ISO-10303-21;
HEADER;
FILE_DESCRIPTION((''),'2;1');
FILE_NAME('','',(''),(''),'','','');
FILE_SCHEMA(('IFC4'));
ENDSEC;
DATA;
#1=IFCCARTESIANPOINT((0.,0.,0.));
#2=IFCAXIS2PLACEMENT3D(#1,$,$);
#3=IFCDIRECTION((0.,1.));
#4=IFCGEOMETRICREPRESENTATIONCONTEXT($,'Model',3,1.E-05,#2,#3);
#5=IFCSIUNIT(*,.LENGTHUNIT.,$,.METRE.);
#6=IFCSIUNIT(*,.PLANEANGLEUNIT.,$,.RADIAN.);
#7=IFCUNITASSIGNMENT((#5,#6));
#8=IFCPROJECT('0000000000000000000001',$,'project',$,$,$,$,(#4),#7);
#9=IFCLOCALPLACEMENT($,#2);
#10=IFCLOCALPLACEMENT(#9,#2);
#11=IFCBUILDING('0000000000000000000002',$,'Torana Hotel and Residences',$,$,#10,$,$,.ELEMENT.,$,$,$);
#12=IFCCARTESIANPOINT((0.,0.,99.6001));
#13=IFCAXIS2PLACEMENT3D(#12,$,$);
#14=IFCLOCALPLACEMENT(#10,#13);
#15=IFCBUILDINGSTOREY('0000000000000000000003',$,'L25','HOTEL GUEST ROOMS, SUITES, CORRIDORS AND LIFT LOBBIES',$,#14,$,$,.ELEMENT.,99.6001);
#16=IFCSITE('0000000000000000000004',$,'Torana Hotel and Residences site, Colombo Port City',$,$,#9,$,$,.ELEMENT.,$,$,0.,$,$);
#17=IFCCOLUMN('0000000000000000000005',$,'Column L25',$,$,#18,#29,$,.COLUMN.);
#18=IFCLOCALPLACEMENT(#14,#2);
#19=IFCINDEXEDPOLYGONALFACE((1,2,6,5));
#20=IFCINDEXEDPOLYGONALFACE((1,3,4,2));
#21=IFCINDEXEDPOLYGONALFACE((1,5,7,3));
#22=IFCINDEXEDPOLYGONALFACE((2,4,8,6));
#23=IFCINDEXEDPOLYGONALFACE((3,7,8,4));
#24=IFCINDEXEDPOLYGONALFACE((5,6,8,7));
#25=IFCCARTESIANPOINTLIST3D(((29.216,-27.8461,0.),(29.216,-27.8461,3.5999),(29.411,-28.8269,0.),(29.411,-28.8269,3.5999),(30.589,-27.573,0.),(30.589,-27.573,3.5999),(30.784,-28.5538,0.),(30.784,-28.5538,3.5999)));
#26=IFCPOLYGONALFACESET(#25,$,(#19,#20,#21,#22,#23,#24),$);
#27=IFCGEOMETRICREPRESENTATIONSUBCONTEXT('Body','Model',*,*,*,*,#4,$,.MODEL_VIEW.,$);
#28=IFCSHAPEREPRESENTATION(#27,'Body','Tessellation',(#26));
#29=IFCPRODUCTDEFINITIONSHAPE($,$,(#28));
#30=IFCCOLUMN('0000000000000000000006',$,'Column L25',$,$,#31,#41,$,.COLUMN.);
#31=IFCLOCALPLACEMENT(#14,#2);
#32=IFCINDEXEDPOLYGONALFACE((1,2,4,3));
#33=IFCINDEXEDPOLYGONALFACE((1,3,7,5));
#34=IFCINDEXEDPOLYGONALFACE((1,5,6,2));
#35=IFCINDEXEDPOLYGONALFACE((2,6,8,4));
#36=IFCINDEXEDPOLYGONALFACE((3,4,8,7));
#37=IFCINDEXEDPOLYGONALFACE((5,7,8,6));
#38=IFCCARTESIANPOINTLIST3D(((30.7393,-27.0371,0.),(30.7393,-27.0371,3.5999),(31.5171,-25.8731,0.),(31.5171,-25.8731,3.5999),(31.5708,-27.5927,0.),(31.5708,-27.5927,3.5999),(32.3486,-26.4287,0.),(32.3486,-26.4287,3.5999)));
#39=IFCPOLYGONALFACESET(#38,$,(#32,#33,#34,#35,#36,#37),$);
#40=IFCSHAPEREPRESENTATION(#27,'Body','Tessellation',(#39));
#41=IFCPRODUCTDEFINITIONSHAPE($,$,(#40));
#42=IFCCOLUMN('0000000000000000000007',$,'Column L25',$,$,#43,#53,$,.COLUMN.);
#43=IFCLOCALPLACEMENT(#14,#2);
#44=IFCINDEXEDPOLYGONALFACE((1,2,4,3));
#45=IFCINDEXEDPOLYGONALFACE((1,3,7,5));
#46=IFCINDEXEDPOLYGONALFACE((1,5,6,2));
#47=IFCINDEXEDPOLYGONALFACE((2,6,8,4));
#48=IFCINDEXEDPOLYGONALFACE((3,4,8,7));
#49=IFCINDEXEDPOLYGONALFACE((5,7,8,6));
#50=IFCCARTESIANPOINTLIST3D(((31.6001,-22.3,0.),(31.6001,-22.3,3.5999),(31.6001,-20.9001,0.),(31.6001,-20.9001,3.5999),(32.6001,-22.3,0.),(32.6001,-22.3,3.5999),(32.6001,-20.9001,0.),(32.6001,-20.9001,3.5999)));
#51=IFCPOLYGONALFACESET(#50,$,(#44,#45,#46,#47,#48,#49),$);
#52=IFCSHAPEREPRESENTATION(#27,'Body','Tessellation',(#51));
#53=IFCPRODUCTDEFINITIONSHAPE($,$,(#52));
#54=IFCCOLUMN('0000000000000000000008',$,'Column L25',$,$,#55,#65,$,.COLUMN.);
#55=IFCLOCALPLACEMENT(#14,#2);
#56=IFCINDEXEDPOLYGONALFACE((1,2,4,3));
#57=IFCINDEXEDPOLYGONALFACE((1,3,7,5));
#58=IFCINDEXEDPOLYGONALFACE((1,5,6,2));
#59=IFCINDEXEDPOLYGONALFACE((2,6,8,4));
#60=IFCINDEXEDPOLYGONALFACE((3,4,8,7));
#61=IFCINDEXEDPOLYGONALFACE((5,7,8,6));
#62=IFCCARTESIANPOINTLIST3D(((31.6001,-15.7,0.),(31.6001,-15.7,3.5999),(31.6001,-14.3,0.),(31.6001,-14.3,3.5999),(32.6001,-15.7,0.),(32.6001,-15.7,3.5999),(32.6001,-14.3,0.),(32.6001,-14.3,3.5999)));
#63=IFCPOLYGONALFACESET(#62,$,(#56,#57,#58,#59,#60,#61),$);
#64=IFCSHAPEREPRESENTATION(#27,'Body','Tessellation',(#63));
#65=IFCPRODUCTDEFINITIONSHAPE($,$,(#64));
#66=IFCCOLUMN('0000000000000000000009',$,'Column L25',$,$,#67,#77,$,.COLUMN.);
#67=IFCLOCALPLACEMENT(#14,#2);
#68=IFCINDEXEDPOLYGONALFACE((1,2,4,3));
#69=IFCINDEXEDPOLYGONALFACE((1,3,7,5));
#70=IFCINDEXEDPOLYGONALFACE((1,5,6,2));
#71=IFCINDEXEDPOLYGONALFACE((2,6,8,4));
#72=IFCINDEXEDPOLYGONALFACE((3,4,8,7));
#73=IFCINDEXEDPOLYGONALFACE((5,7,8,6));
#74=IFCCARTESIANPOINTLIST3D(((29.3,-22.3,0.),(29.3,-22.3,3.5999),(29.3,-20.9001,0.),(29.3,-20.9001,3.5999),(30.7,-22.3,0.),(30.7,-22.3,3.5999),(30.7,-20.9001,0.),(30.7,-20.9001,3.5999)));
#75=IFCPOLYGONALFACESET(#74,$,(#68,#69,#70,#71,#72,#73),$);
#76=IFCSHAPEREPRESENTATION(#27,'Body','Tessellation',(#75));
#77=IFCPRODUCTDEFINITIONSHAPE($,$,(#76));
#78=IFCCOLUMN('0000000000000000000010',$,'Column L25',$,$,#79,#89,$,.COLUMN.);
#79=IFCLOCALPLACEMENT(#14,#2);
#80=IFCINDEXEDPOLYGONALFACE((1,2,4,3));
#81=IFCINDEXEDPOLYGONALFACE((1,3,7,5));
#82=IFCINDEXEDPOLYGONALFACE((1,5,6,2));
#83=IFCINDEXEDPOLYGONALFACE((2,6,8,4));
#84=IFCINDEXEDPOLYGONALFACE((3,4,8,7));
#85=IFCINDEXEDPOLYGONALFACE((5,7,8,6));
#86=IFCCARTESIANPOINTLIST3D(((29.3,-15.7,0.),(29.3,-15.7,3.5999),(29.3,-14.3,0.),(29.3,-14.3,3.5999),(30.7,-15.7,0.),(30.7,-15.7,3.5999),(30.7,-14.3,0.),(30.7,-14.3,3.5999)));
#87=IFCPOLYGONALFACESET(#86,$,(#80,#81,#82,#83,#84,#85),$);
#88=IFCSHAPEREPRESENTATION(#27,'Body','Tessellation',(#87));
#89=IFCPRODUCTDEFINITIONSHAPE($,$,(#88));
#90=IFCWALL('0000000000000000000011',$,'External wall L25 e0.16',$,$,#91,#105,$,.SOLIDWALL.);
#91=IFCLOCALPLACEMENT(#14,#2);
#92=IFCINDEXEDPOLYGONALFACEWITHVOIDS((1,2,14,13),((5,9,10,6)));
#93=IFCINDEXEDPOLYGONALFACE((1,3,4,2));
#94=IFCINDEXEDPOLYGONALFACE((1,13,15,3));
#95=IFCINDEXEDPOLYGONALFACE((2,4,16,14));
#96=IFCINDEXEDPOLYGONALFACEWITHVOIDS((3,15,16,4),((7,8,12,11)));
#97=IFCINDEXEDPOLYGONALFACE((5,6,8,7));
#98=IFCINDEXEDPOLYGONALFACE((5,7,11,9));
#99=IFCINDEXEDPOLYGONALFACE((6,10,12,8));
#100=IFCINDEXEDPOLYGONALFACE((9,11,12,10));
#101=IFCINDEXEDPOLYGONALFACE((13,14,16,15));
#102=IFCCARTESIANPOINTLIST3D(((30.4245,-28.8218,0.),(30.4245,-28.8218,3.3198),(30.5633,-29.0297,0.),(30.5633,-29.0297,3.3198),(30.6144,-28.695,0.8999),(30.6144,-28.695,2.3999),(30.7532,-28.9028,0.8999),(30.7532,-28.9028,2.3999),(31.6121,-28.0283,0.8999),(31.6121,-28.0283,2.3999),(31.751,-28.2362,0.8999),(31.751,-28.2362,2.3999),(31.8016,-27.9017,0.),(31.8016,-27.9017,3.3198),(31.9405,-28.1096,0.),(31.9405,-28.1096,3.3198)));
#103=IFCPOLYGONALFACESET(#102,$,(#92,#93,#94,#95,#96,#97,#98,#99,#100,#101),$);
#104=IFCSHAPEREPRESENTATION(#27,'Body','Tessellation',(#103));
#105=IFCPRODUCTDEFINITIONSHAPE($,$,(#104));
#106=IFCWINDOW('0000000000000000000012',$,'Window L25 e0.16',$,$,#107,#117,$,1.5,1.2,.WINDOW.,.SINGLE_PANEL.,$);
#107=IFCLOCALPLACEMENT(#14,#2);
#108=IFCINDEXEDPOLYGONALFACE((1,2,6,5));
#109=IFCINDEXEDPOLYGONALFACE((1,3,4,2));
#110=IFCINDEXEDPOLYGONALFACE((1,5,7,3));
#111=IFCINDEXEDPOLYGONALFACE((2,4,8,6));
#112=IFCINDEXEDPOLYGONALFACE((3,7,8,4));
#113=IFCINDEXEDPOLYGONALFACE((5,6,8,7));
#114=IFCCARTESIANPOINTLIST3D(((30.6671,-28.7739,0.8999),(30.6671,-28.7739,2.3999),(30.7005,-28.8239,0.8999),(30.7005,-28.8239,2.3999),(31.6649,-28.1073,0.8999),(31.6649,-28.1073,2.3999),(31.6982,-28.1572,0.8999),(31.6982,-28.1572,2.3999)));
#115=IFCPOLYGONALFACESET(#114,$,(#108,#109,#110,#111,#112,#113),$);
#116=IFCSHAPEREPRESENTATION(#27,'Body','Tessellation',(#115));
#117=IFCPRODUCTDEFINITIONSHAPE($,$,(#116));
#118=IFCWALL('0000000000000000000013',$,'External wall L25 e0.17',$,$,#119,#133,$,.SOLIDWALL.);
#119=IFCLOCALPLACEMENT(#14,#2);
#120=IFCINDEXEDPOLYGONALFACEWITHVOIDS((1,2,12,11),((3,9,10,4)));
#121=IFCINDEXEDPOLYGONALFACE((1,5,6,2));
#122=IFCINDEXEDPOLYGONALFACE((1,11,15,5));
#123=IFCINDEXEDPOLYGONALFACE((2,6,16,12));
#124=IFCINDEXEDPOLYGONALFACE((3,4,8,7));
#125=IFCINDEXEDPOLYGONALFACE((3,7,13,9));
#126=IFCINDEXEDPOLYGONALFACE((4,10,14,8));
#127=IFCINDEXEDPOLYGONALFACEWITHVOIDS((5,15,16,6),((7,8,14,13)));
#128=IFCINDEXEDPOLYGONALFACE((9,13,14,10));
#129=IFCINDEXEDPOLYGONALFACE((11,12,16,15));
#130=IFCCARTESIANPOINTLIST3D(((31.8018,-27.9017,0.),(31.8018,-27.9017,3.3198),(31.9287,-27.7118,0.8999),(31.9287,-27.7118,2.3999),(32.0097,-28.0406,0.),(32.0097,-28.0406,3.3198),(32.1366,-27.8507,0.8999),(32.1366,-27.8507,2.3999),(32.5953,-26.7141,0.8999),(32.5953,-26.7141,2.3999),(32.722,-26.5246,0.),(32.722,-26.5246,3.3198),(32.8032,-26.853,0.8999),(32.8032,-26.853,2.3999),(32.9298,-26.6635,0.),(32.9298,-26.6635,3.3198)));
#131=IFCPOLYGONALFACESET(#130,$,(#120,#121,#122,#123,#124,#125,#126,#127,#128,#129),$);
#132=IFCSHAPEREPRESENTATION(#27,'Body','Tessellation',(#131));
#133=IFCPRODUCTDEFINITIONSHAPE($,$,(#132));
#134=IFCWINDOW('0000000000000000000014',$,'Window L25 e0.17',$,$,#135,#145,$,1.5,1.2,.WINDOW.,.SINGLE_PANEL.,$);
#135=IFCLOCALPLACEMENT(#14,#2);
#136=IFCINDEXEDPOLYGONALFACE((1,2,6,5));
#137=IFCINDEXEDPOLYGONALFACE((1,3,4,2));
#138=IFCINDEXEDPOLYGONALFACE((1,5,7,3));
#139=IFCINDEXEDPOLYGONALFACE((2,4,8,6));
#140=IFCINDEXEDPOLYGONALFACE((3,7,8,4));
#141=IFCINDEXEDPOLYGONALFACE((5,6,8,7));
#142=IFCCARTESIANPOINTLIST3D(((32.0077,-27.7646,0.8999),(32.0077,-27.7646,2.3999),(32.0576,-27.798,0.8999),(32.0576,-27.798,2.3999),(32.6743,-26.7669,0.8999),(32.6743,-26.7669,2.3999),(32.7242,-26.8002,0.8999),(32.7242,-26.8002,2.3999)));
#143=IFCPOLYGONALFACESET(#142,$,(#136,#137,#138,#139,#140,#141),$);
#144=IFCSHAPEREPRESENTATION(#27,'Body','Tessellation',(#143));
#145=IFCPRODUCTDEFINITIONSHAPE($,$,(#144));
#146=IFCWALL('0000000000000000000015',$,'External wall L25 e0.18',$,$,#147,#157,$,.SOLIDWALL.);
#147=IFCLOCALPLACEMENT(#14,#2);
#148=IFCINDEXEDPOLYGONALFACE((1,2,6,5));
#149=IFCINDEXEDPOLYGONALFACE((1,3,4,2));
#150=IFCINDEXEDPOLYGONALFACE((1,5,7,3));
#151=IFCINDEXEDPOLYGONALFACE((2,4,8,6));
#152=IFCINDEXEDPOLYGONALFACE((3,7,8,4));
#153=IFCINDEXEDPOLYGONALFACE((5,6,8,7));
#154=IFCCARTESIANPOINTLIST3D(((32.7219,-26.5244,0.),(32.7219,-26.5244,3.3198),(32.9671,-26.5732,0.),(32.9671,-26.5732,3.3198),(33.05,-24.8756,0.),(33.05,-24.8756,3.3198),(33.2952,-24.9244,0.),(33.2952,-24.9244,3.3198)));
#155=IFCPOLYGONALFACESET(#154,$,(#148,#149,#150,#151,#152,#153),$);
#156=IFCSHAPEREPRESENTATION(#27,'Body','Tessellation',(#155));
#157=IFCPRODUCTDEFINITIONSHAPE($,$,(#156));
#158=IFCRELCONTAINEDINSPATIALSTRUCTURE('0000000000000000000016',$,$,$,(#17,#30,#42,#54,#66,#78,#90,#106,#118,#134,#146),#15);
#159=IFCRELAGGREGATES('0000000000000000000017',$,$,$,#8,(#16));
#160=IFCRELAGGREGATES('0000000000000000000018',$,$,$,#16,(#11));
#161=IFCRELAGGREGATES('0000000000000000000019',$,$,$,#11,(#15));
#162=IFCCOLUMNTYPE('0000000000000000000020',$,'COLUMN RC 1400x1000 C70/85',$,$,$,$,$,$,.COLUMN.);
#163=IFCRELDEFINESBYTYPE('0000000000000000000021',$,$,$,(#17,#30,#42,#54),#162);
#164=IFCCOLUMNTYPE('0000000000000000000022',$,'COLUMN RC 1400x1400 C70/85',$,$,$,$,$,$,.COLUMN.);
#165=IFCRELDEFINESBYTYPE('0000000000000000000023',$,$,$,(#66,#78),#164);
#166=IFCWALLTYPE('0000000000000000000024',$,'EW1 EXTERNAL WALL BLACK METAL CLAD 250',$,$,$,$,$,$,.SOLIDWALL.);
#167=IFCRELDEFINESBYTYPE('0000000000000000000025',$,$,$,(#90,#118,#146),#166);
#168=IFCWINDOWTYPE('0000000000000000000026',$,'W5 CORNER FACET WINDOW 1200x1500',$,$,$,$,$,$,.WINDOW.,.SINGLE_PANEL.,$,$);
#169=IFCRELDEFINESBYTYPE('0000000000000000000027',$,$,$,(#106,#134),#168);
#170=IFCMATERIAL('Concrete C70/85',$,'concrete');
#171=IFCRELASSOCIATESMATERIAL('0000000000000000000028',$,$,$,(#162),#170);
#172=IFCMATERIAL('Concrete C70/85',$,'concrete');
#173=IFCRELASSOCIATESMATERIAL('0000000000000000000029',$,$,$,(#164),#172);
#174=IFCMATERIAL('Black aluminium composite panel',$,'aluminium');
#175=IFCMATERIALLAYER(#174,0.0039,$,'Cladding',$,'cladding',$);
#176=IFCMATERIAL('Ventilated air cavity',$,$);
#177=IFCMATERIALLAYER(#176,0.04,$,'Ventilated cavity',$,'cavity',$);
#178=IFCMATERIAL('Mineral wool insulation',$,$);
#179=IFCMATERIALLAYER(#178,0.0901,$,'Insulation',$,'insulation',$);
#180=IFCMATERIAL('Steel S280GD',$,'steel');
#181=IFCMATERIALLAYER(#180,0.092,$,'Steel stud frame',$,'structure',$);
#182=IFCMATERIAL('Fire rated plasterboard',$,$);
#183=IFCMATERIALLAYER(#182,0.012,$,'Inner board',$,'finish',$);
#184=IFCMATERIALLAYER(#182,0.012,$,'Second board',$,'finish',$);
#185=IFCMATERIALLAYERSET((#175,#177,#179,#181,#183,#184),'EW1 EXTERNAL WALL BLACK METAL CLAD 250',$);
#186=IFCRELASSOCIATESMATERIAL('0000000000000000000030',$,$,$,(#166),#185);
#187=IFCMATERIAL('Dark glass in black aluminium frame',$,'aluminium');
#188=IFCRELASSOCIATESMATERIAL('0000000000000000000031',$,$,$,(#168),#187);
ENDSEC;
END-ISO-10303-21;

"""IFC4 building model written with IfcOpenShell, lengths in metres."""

from ifc_helpers import new_model, si_unit, direction, frame, frame_2d, origin, origin_2d, place, context, subcontext, project, spatial, rectangle, extrude, material, layer, layer_set, material_profile, profile_set, type_object, element, fill, save


model = new_model("IFC4")

# Units and contexts
model_context = context("Model", 3, precision=1e-05, world=origin(), true_north=direction((0.0, 1.0)))
body_context = subcontext(model_context, "Body", "Model", "MODEL_VIEW")
ifc_project = project(units=[si_unit("LENGTHUNIT", "METRE"), si_unit("PLANEANGLEUNIT", "RADIAN")], contexts=[model_context])

# Site, building, storey
site_placement = place(None, origin())
site = spatial("IfcSite", under=ifc_project, at=site_placement, Name="Torana Hotel and Residences site, Colombo Port City", CompositionType="ELEMENT", RefElevation=0.0)
building_placement = place(site_placement, origin())
building = spatial("IfcBuilding", under=site, at=building_placement, Name="Torana Hotel and Residences", CompositionType="ELEMENT")
storey_placement = place(building_placement, frame((0.0, 0.0, 99.6001)))
storey = spatial("IfcBuildingStorey", under=building, at=storey_placement, Name="L25", Description="HOTEL GUEST ROOMS, SUITES, CORRIDORS AND LIFT LOBBIES", CompositionType="ELEMENT", Elevation=99.6001)

# Columns
ifc_material_1 = material(Name="Concrete C70/85", Category="concrete")
ifc_material_profile_1 = material_profile(ifc_material_1, rectangle(XDim=1.3999, YDim=1.0, at=origin_2d()), Name="RC 1400x1000")
ifc_profile_set_1 = profile_set([ifc_material_profile_1], Name="Concrete C70/85")
column_type_1 = type_object("IfcColumnType", Name="COLUMN RC 1400x1000 C70/85", PredefinedType="COLUMN", material=ifc_profile_set_1)
for number, where, z_axis, x_axis, name in (
    (1, (30.0, -28.2, 0.0), (0.0, 0.0, 1.0), (0.980792, 0.195056, 0.0), "Column L25"),
    (2, (31.5439, -26.7329, 0.0), (0.0, 0.0, 1.0), (0.555585, 0.83146, 0.0), "Column L25"),
    (3, (32.1001, -21.6001, 0.0), (0.0, 0.0, 1.0), (0.0, 1.0, 0.0), "Column L25"),
    (4, (32.1001, -15.0, 0.0), (0.0, 0.0, 1.0), (0.0, 1.0, 0.0), "Column L25"),
):
    element("IfcColumn", number, at=place(storey_placement, frame(where, z_axis=z_axis, x_axis=x_axis)), inside=storey, type_object=column_type_1, Name=name, PredefinedType="COLUMN", context=body_context, shape_type="SweptSolid", body=[
        extrude(rectangle(XDim=1.3999, YDim=1.0, at=origin_2d()), origin(), (0.0, 0.0, 1.0), 3.5999),
    ])
ifc_material_2 = material(Name="Concrete C70/85", Category="concrete")
ifc_material_profile_2 = material_profile(ifc_material_2, rectangle(XDim=1.3999, YDim=1.3999, at=origin_2d()), Name="RC 1400x1400")
ifc_profile_set_2 = profile_set([ifc_material_profile_2], Name="Concrete C70/85")
column_type_2 = type_object("IfcColumnType", Name="COLUMN RC 1400x1400 C70/85", PredefinedType="COLUMN", material=ifc_profile_set_2)
for number, where, z_axis, x_axis, name in (
    (5, (30.0, -21.6001, 0.0), (0.0, 0.0, 1.0), (1.0, 0.0, 0.0), "Column L25"),
    (6, (30.0, -15.0, 0.0), (0.0, 0.0, 1.0), (1.0, 0.0, 0.0), "Column L25"),
):
    element("IfcColumn", number, at=place(storey_placement, frame(where, z_axis=z_axis, x_axis=x_axis)), inside=storey, type_object=column_type_2, Name=name, PredefinedType="COLUMN", context=body_context, shape_type="SweptSolid", body=[
        extrude(rectangle(XDim=1.3999, YDim=1.3999, at=origin_2d()), origin(), (0.0, 0.0, 1.0), 3.5999),
    ])

# Walls, openings, windows
ifc_material_3 = material(Name="Black aluminium composite panel", Category="aluminium")
ifc_layer_1 = layer(ifc_material_3, 0.0039, Name="Cladding", Category="cladding")
ifc_material_4 = material(Name="Ventilated air cavity")
ifc_layer_2 = layer(ifc_material_4, 0.04, Name="Ventilated cavity", Category="cavity")
ifc_material_5 = material(Name="Mineral wool insulation")
ifc_layer_3 = layer(ifc_material_5, 0.0901, Name="Insulation", Category="insulation")
ifc_material_6 = material(Name="Steel S280GD", Category="steel")
ifc_layer_4 = layer(ifc_material_6, 0.092, Name="Steel stud frame", Category="structure")
ifc_material_7 = material(Name="Fire rated plasterboard")
ifc_layer_5 = layer(ifc_material_7, 0.012, Name="Inner board", Category="finish")
ifc_layer_6 = layer(ifc_material_7, 0.012, Name="Second board", Category="finish")
ifc_layer_set_1 = layer_set([ifc_layer_1, ifc_layer_2, ifc_layer_3, ifc_layer_4, ifc_layer_5, ifc_layer_6], Name="EW1 EXTERNAL WALL BLACK METAL CLAD 250")
wall_type_1 = type_object("IfcWallType", Name="EW1 EXTERNAL WALL BLACK METAL CLAD 250", PredefinedType="SOLIDWALL", material=ifc_layer_set_1)
wall_1_placement = place(storey_placement, frame((30.4939, -28.9258, 0.0), z_axis=(0.0, 0.0, 1.0), x_axis=(0.831483, 0.55555, 0.0)))
wall_1 = element("IfcWall", 7, at=wall_1_placement, inside=storey, type_object=wall_type_1, Name="External wall L25 e0.16", PredefinedType="SOLIDWALL", context=body_context, shape_type="SweptSolid", body=[
    extrude(rectangle(XDim=1.6562, YDim=0.25, at=frame_2d((0.8281, 0.0))), origin(), (0.0, 0.0, 1.0), 3.3198),
])
opening_1_placement = place(wall_1_placement, frame((0.2283, 0.0, 0.8999)))
opening_1 = element("IfcOpeningElement", 8, at=opening_1_placement, cuts=wall_1, PredefinedType="OPENING", context=body_context, shape_type="SweptSolid", body=[
    extrude(rectangle(XDim=1.2, YDim=1.5, at=frame_2d((0.6001, 0.75))), frame((0.0, 0.135, 0.0), z_axis=(0.0, -1.0, 0.0), x_axis=(1.0, 0.0, 0.0)), (0.0, 0.0, 1.0), 0.27),
])
ifc_material_8 = material(Name="Dark glass in black aluminium frame", Category="aluminium")
window_type_1 = type_object("IfcWindowType", Name="W5 CORNER FACET WINDOW 1200x1500", PartitioningType="SINGLE_PANEL", PredefinedType="WINDOW", material=ifc_material_8)
window_1_placement = place(opening_1_placement, origin())
window_1 = element("IfcWindow", 9, at=window_1_placement, inside=storey, type_object=window_type_1, Name="Window L25 e0.16", OverallHeight=1.5, OverallWidth=1.2, PartitioningType="SINGLE_PANEL", PredefinedType="WINDOW", context=body_context, shape_type="SweptSolid", body=[
    extrude(rectangle(XDim=1.2, YDim=1.5, at=frame_2d((0.6001, 0.75))), frame((0.0, 0.03, 0.0), z_axis=(0.0, -1.0, 0.0), x_axis=(1.0, 0.0, 0.0)), (0.0, 0.0, 1.0), 0.0601),
])
fill(opening_1, window_1)
wall_2_placement = place(storey_placement, frame((31.9058, -27.9712, 0.0), z_axis=(0.0, 0.0, 1.0), x_axis=(0.55555, 0.831483, 0.0)))
wall_2 = element("IfcWall", 10, at=wall_2_placement, inside=storey, type_object=wall_type_1, Name="External wall L25 e0.17", PredefinedType="SOLIDWALL", context=body_context, shape_type="SweptSolid", body=[
    extrude(rectangle(XDim=1.6562, YDim=0.25, at=frame_2d((0.8281, 0.0))), origin(), (0.0, 0.0, 1.0), 3.3198),
])
opening_2_placement = place(wall_2_placement, frame((0.2283, 0.0, 0.8999)))
opening_2 = element("IfcOpeningElement", 11, at=opening_2_placement, cuts=wall_2, PredefinedType="OPENING", context=body_context, shape_type="SweptSolid", body=[
    extrude(rectangle(XDim=1.2, YDim=1.5, at=frame_2d((0.6001, 0.75))), frame((0.0, 0.135, 0.0), z_axis=(0.0, -1.0, 0.0), x_axis=(1.0, 0.0, 0.0)), (0.0, 0.0, 1.0), 0.27),
])
window_2_placement = place(opening_2_placement, origin())
window_2 = element("IfcWindow", 12, at=window_2_placement, inside=storey, type_object=window_type_1, Name="Window L25 e0.17", OverallHeight=1.5, OverallWidth=1.2, PartitioningType="SINGLE_PANEL", PredefinedType="WINDOW", context=body_context, shape_type="SweptSolid", body=[
    extrude(rectangle(XDim=1.2, YDim=1.5, at=frame_2d((0.6001, 0.75))), frame((0.0, 0.03, 0.0), z_axis=(0.0, -1.0, 0.0), x_axis=(1.0, 0.0, 0.0)), (0.0, 0.0, 1.0), 0.0601),
])
fill(opening_2, window_2)

# Wall
wall_3_placement = place(storey_placement, frame((32.8445, -26.5488, 0.0), z_axis=(0.0, 0.0, 1.0), x_axis=(0.195167, 0.98077, 0.0)))
element("IfcWall", 13, at=wall_3_placement, inside=storey, type_object=wall_type_1, Name="External wall L25 e0.18", PredefinedType="SOLIDWALL", context=body_context, shape_type="SweptSolid", body=[
    extrude(rectangle(XDim=1.6812, YDim=0.25, at=frame_2d((0.8406, 0.0))), origin(), (0.0, 0.0, 1.0), 3.3198),
])

save(model, "model.ifc")
